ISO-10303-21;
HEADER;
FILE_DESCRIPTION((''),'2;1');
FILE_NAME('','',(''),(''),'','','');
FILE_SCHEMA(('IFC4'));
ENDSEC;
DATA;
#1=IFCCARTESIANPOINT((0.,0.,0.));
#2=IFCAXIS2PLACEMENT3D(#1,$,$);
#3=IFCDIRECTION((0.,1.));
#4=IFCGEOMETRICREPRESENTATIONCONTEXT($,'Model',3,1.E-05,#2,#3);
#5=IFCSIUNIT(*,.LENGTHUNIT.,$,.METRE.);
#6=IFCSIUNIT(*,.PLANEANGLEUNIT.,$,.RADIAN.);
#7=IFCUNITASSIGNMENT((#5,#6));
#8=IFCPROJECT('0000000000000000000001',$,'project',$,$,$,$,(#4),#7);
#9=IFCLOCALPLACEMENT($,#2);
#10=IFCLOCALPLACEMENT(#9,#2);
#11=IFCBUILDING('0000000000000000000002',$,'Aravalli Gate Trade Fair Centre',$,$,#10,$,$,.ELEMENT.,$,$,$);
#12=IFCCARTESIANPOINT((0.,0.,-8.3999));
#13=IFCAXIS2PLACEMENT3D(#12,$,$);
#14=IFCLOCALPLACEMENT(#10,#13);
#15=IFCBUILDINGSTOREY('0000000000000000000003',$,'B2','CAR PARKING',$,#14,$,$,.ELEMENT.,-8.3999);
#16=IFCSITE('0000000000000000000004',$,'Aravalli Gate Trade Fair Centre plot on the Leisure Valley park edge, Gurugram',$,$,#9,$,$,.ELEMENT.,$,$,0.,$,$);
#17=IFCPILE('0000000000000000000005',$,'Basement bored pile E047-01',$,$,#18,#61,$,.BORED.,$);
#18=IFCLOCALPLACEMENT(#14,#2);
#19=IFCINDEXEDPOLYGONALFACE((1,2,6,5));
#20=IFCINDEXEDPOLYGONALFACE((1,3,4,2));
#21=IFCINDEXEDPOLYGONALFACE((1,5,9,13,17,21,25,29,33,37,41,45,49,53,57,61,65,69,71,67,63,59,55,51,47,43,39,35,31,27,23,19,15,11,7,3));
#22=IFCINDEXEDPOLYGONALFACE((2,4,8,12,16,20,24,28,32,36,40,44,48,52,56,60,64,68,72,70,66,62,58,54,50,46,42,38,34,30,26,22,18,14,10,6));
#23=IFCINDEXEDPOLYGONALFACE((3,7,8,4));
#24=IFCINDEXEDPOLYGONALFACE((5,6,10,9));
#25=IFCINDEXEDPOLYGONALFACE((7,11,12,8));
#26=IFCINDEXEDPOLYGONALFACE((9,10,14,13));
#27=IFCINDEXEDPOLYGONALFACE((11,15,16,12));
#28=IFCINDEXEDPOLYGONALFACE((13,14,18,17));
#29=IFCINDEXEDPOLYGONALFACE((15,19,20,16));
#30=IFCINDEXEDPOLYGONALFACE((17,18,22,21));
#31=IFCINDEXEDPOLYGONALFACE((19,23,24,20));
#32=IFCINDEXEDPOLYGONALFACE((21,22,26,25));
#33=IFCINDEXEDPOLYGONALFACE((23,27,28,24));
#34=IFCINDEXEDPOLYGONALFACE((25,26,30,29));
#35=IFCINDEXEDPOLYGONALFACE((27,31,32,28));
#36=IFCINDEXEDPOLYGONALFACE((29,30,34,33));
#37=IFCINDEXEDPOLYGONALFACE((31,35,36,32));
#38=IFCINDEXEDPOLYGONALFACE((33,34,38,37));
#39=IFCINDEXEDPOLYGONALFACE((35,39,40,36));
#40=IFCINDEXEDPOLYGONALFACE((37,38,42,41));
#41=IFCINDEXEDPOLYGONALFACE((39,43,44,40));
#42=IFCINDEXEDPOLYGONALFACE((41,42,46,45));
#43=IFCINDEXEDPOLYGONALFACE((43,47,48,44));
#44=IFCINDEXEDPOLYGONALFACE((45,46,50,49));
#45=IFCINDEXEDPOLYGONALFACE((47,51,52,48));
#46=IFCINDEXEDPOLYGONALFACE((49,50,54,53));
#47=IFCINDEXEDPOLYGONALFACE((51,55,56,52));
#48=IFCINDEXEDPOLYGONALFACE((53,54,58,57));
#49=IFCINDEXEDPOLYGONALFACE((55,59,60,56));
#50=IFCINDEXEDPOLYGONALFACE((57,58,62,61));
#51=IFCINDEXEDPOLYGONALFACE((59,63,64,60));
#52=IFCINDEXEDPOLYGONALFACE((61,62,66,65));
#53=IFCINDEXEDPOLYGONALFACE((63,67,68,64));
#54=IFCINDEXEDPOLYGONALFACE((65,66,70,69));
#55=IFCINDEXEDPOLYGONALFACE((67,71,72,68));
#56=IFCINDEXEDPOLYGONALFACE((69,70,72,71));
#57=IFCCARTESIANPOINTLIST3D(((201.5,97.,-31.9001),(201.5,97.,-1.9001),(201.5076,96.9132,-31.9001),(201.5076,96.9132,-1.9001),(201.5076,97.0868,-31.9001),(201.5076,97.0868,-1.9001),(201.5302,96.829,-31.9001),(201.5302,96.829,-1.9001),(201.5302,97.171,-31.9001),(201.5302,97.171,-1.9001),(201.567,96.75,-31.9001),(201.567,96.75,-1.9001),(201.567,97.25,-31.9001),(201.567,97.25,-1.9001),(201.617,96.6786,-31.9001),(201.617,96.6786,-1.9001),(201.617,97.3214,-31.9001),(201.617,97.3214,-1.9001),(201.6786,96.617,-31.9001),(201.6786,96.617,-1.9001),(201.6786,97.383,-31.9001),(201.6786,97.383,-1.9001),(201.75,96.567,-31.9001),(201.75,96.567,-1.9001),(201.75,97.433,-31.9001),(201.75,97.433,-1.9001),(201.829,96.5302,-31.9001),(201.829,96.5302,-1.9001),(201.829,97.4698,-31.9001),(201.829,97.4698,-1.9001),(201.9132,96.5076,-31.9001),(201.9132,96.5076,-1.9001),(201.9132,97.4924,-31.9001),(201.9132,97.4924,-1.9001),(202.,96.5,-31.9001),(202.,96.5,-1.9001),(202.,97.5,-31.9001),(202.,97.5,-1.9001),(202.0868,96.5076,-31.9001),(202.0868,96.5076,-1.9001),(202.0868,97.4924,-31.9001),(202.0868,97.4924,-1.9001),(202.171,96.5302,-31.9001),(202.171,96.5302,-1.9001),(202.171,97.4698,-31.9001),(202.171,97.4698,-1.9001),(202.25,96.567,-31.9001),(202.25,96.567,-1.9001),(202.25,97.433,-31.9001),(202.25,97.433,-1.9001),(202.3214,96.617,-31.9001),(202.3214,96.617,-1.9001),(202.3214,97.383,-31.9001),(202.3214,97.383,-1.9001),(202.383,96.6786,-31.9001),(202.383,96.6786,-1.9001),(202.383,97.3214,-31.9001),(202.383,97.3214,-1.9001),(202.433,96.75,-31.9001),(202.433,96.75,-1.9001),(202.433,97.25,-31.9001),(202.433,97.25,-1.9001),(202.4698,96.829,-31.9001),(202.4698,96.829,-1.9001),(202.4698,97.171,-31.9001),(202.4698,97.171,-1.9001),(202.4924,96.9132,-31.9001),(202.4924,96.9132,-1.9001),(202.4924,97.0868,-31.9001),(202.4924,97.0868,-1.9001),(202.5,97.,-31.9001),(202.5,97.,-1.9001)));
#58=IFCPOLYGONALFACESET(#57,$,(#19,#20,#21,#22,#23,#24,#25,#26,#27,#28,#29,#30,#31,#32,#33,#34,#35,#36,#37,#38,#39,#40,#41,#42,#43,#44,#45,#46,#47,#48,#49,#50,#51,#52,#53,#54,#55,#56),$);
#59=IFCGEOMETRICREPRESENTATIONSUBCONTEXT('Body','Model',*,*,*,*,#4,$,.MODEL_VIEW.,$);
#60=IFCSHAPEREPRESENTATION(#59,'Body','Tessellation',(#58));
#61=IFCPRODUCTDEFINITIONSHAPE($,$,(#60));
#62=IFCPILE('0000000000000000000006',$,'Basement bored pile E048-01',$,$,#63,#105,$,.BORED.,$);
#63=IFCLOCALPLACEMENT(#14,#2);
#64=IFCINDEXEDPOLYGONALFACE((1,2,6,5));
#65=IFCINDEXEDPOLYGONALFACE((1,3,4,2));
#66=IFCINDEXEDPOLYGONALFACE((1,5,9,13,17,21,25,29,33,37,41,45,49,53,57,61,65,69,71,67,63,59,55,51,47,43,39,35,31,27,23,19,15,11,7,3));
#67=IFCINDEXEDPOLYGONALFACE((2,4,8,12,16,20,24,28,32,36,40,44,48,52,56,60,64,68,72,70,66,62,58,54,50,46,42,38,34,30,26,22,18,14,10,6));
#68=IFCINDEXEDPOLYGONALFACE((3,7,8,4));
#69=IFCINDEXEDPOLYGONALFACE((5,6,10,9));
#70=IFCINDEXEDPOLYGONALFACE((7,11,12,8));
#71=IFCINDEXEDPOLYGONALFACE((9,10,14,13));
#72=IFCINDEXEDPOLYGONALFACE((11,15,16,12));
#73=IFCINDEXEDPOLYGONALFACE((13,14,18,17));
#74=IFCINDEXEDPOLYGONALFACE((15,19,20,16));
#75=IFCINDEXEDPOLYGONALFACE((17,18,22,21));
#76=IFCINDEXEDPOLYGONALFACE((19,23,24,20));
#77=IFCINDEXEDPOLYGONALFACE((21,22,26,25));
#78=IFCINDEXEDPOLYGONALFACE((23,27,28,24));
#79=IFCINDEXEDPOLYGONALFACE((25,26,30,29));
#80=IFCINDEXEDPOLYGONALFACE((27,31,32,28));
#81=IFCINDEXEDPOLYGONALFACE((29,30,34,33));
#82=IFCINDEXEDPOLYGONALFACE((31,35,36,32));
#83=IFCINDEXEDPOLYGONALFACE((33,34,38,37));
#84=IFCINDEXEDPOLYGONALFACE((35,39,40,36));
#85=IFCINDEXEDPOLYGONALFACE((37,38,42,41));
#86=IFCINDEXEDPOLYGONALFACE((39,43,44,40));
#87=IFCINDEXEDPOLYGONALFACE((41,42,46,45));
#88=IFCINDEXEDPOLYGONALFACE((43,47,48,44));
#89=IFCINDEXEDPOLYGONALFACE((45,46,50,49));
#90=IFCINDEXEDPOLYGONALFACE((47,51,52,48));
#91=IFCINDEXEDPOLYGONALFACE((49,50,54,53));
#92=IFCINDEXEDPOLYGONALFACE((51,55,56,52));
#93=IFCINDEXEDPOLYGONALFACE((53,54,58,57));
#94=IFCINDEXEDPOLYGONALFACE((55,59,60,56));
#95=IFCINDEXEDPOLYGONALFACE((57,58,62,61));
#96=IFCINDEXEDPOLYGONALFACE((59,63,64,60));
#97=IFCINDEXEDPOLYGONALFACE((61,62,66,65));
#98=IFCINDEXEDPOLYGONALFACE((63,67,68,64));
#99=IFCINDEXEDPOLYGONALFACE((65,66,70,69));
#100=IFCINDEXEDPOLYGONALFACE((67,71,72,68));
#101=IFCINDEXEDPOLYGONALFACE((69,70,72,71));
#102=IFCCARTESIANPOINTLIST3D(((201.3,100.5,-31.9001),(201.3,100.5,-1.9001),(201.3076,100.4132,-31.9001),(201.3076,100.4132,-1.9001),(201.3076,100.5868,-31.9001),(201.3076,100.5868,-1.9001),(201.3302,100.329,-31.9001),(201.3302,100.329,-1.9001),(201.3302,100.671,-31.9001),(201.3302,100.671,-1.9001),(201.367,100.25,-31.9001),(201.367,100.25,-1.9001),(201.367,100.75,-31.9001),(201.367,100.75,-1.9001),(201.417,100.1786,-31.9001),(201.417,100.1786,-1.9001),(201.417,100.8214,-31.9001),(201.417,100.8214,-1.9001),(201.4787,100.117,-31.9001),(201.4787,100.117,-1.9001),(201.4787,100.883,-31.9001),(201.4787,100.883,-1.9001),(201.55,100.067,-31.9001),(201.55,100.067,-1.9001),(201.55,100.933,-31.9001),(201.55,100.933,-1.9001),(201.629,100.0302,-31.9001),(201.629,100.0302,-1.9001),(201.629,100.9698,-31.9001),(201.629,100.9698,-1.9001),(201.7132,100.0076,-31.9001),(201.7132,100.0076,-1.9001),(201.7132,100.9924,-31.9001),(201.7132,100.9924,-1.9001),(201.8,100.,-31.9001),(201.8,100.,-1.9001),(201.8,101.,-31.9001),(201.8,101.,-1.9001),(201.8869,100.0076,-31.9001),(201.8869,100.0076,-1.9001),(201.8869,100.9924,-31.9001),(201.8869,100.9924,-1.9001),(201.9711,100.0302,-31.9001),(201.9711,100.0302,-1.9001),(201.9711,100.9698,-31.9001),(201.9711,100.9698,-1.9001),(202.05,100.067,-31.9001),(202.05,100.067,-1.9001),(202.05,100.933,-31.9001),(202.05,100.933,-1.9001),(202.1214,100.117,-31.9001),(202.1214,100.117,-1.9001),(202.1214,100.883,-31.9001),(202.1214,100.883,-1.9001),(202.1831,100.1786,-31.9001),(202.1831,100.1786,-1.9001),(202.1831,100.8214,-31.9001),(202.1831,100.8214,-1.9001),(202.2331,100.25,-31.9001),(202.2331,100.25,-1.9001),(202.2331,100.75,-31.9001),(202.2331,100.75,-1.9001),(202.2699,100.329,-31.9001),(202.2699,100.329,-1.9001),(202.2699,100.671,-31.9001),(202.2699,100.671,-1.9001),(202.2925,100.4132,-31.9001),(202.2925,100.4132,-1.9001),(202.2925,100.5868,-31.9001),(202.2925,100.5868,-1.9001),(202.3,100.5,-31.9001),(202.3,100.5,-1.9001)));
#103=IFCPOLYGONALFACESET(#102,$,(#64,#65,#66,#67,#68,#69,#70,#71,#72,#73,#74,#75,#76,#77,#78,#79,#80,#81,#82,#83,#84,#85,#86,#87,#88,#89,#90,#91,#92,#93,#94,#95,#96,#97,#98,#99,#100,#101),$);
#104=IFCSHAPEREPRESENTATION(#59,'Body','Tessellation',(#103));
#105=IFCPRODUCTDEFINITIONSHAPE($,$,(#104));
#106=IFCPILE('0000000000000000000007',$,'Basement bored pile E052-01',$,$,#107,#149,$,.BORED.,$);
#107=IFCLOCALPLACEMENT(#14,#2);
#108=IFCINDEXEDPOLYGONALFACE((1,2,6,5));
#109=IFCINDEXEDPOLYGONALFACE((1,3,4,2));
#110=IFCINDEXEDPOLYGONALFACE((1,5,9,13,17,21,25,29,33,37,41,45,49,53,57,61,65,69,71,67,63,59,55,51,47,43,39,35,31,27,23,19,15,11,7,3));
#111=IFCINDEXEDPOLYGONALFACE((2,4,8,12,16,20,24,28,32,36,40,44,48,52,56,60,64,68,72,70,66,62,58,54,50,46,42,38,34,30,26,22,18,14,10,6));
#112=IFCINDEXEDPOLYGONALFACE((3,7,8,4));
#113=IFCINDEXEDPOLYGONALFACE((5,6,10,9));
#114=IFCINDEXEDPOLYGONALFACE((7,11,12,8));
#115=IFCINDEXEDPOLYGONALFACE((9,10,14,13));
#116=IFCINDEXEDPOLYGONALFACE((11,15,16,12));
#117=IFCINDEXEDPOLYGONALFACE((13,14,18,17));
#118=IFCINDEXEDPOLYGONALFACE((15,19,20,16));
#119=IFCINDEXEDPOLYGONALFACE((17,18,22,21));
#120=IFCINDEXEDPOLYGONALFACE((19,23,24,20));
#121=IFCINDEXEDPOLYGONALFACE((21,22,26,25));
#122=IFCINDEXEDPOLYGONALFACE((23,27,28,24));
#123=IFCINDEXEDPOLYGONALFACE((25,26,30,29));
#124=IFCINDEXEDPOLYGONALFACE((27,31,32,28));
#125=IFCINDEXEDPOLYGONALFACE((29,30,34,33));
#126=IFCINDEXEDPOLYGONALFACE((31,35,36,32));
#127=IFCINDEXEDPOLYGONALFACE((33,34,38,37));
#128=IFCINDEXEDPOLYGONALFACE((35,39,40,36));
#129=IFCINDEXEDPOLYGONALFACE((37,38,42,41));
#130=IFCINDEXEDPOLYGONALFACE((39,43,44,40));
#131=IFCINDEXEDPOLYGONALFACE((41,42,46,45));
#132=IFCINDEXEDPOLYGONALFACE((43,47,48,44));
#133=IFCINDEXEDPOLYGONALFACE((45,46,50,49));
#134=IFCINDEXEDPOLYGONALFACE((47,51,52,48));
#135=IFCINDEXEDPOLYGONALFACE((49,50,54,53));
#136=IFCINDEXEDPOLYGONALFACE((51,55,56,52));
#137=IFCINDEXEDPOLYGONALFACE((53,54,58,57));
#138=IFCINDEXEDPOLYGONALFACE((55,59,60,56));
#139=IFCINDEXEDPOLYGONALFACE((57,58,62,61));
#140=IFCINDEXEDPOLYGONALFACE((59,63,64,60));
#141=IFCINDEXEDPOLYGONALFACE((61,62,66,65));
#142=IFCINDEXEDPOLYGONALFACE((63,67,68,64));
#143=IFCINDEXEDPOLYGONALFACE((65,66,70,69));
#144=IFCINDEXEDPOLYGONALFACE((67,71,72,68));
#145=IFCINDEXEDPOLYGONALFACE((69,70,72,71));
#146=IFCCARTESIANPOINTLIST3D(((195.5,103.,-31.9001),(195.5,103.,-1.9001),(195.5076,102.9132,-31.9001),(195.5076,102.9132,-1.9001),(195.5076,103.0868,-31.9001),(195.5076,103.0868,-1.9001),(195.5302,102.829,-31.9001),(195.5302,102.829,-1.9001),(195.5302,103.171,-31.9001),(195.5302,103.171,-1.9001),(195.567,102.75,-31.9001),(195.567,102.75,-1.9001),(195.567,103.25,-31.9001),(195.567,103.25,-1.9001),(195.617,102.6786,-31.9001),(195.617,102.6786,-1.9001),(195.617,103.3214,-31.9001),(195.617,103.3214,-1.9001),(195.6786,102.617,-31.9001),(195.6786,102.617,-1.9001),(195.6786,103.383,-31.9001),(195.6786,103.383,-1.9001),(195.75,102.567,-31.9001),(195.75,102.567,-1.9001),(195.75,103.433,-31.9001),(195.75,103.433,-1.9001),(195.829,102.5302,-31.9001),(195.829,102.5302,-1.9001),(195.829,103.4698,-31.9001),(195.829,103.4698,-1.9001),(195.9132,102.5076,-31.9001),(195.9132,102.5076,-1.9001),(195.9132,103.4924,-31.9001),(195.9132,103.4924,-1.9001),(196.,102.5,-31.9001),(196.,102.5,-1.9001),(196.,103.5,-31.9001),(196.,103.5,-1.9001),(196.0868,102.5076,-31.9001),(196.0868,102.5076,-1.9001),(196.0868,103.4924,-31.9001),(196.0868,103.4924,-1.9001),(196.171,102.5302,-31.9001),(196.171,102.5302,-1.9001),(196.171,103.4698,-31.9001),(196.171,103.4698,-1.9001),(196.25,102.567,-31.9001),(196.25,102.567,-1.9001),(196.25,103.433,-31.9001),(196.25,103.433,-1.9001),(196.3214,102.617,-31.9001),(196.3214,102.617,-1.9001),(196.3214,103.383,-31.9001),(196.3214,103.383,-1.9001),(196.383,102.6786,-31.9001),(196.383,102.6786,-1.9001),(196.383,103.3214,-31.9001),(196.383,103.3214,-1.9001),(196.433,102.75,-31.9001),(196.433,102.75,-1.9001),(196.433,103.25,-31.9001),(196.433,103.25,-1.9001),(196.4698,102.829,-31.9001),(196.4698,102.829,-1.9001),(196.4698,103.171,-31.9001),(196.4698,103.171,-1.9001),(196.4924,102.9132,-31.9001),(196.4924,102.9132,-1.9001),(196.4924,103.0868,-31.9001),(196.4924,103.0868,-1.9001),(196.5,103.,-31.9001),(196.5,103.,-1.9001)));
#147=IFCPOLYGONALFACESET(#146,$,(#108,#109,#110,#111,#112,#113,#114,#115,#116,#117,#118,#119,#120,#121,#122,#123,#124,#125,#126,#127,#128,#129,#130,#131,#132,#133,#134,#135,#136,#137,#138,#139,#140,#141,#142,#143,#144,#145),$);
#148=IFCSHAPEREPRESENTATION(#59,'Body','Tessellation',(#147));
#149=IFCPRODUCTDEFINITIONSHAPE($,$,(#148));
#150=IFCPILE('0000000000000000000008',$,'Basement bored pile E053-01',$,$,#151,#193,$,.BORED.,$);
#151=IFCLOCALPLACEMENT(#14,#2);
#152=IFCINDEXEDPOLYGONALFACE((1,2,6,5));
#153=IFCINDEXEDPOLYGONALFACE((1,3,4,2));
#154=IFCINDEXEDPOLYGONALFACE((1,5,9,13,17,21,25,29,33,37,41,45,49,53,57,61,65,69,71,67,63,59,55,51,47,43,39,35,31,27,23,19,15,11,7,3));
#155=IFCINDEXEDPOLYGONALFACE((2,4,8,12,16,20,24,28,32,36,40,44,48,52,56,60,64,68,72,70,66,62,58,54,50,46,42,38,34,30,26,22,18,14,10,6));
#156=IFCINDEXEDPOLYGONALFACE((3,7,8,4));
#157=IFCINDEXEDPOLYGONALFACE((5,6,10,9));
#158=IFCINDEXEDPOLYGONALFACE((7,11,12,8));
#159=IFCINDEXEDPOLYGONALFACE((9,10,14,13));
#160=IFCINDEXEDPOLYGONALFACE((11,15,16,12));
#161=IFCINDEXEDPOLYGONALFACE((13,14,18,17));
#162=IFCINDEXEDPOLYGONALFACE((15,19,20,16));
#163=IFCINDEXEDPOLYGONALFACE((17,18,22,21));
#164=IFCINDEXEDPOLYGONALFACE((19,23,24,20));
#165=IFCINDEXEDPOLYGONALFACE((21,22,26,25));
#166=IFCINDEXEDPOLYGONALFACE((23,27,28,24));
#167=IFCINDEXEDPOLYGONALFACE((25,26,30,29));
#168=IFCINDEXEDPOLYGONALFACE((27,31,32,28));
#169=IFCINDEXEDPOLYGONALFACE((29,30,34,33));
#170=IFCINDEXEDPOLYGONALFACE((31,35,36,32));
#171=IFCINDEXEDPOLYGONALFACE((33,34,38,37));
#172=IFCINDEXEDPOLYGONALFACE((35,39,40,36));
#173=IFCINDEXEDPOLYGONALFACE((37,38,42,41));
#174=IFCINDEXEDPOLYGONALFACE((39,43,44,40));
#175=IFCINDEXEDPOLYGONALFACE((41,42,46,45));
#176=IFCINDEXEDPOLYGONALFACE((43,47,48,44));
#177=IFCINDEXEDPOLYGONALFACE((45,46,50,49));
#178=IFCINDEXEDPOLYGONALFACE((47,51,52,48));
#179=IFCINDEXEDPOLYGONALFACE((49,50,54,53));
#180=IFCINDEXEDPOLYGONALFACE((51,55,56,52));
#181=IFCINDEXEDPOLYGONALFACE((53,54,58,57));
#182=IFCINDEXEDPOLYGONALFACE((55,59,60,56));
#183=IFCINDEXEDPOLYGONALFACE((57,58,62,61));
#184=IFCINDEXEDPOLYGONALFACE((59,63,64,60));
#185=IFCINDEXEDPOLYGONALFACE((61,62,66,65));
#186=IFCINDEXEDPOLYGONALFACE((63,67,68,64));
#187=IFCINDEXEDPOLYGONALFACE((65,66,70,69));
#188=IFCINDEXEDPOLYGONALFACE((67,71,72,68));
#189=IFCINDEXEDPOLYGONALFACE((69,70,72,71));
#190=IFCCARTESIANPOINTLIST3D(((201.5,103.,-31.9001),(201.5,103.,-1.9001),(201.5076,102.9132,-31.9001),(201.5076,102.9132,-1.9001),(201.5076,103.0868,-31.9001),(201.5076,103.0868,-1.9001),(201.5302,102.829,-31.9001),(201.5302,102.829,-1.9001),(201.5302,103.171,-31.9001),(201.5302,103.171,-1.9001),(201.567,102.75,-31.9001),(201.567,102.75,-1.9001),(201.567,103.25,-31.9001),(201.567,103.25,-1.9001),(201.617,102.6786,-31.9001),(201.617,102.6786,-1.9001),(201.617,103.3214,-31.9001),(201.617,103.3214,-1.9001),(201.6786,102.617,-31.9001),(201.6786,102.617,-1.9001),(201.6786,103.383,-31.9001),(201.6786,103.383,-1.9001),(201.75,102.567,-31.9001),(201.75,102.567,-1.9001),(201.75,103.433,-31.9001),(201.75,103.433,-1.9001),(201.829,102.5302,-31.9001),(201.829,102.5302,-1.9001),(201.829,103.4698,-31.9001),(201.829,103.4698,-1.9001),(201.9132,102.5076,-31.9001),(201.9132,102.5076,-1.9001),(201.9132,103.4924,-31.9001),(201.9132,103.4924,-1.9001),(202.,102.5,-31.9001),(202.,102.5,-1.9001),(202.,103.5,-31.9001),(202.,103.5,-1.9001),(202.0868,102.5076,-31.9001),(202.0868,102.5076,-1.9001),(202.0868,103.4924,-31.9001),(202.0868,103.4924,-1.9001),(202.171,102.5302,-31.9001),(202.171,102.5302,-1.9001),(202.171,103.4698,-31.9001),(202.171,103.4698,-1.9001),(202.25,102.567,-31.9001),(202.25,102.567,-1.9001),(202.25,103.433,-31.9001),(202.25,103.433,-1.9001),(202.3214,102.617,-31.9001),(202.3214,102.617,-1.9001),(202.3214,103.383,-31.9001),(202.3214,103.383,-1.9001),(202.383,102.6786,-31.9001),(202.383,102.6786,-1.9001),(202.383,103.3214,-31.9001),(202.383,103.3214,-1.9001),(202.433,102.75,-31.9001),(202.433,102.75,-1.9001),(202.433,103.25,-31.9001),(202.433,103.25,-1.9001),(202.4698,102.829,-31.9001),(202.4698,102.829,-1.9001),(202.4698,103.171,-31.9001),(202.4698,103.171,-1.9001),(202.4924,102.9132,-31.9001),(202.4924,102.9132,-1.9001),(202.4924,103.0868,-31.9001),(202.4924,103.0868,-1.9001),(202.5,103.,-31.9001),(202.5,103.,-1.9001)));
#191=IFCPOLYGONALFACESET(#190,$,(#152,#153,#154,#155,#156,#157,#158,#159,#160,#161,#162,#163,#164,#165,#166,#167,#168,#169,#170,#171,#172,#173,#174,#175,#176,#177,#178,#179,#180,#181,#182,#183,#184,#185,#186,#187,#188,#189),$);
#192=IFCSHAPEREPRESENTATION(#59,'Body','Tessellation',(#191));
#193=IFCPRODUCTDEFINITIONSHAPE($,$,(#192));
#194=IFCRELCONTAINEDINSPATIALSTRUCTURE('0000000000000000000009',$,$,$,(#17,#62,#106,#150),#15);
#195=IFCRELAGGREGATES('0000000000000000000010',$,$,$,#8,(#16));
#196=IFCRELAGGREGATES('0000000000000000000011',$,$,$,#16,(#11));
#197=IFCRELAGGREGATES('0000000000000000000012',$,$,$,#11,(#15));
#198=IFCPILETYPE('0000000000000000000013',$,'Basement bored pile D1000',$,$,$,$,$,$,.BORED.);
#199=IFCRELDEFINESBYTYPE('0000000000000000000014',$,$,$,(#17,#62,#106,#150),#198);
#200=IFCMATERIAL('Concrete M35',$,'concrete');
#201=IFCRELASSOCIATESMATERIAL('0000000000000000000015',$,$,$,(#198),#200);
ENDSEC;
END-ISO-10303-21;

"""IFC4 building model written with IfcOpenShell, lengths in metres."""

from ifc_helpers import new_model, si_unit, direction, frame, origin, origin_2d, place, context, subcontext, project, spatial, circle, extrude, material, material_profile, profile_set, type_object, element, save


model = new_model("IFC4")

# Units and contexts
model_context = context("Model", 3, precision=1e-05, world=origin(), true_north=direction((0.0, 1.0)))
body_context = subcontext(model_context, "Body", "Model", "MODEL_VIEW")
ifc_project = project(units=[si_unit("LENGTHUNIT", "METRE"), si_unit("PLANEANGLEUNIT", "RADIAN")], contexts=[model_context])

# Site, building, storey
site_placement = place(None, origin())
site = spatial("IfcSite", under=ifc_project, at=site_placement, Name="Aravalli Gate Trade Fair Centre plot on the Leisure Valley park edge, Gurugram", CompositionType="ELEMENT", RefElevation=0.0)
building_placement = place(site_placement, origin())
building = spatial("IfcBuilding", under=site, at=building_placement, Name="Aravalli Gate Trade Fair Centre", CompositionType="ELEMENT")
storey_placement = place(building_placement, frame((0.0, 0.0, -8.3999)))
storey = spatial("IfcBuildingStorey", under=building, at=storey_placement, Name="B2", Description="CAR PARKING", CompositionType="ELEMENT", Elevation=-8.3999)

# Piles
ifc_material_1 = material(Name="Concrete M35", Category="concrete")
ifc_material_profile_1 = material_profile(ifc_material_1, circle(Radius=0.5, at=origin_2d()), Name="D1000")
ifc_profile_set_1 = profile_set([ifc_material_profile_1], Name="Concrete M35")
pile_type = type_object("IfcPileType", Name="Basement bored pile D1000", PredefinedType="BORED", material=ifc_profile_set_1)
for number, where, z_axis, x_axis, name in (
    (1, (202.0, 97.0, -1.9001), (0.0, 0.0, -1.0), (1.0, 0.0, 0.0), "Basement bored pile E047-01"),
    (2, (201.8, 100.5, -1.9001), (0.0, 0.0, -1.0), (1.0, 0.0, 0.0), "Basement bored pile E048-01"),
    (3, (196.0, 103.0, -1.9001), (0.0, 0.0, -1.0), (1.0, 0.0, 0.0), "Basement bored pile E052-01"),
    (4, (202.0, 103.0, -1.9001), (0.0, 0.0, -1.0), (1.0, 0.0, 0.0), "Basement bored pile E053-01"),
):
    element("IfcPile", number, at=place(storey_placement, frame(where, z_axis=z_axis, x_axis=x_axis)), inside=storey, type_object=pile_type, Name=name, PredefinedType="BORED", context=body_context, shape_type="SweptSolid", body=[
        extrude(circle(Radius=0.5, at=origin_2d()), origin(), (0.0, 0.0, 1.0), 30.0),
    ])

save(model, "model.ifc")
